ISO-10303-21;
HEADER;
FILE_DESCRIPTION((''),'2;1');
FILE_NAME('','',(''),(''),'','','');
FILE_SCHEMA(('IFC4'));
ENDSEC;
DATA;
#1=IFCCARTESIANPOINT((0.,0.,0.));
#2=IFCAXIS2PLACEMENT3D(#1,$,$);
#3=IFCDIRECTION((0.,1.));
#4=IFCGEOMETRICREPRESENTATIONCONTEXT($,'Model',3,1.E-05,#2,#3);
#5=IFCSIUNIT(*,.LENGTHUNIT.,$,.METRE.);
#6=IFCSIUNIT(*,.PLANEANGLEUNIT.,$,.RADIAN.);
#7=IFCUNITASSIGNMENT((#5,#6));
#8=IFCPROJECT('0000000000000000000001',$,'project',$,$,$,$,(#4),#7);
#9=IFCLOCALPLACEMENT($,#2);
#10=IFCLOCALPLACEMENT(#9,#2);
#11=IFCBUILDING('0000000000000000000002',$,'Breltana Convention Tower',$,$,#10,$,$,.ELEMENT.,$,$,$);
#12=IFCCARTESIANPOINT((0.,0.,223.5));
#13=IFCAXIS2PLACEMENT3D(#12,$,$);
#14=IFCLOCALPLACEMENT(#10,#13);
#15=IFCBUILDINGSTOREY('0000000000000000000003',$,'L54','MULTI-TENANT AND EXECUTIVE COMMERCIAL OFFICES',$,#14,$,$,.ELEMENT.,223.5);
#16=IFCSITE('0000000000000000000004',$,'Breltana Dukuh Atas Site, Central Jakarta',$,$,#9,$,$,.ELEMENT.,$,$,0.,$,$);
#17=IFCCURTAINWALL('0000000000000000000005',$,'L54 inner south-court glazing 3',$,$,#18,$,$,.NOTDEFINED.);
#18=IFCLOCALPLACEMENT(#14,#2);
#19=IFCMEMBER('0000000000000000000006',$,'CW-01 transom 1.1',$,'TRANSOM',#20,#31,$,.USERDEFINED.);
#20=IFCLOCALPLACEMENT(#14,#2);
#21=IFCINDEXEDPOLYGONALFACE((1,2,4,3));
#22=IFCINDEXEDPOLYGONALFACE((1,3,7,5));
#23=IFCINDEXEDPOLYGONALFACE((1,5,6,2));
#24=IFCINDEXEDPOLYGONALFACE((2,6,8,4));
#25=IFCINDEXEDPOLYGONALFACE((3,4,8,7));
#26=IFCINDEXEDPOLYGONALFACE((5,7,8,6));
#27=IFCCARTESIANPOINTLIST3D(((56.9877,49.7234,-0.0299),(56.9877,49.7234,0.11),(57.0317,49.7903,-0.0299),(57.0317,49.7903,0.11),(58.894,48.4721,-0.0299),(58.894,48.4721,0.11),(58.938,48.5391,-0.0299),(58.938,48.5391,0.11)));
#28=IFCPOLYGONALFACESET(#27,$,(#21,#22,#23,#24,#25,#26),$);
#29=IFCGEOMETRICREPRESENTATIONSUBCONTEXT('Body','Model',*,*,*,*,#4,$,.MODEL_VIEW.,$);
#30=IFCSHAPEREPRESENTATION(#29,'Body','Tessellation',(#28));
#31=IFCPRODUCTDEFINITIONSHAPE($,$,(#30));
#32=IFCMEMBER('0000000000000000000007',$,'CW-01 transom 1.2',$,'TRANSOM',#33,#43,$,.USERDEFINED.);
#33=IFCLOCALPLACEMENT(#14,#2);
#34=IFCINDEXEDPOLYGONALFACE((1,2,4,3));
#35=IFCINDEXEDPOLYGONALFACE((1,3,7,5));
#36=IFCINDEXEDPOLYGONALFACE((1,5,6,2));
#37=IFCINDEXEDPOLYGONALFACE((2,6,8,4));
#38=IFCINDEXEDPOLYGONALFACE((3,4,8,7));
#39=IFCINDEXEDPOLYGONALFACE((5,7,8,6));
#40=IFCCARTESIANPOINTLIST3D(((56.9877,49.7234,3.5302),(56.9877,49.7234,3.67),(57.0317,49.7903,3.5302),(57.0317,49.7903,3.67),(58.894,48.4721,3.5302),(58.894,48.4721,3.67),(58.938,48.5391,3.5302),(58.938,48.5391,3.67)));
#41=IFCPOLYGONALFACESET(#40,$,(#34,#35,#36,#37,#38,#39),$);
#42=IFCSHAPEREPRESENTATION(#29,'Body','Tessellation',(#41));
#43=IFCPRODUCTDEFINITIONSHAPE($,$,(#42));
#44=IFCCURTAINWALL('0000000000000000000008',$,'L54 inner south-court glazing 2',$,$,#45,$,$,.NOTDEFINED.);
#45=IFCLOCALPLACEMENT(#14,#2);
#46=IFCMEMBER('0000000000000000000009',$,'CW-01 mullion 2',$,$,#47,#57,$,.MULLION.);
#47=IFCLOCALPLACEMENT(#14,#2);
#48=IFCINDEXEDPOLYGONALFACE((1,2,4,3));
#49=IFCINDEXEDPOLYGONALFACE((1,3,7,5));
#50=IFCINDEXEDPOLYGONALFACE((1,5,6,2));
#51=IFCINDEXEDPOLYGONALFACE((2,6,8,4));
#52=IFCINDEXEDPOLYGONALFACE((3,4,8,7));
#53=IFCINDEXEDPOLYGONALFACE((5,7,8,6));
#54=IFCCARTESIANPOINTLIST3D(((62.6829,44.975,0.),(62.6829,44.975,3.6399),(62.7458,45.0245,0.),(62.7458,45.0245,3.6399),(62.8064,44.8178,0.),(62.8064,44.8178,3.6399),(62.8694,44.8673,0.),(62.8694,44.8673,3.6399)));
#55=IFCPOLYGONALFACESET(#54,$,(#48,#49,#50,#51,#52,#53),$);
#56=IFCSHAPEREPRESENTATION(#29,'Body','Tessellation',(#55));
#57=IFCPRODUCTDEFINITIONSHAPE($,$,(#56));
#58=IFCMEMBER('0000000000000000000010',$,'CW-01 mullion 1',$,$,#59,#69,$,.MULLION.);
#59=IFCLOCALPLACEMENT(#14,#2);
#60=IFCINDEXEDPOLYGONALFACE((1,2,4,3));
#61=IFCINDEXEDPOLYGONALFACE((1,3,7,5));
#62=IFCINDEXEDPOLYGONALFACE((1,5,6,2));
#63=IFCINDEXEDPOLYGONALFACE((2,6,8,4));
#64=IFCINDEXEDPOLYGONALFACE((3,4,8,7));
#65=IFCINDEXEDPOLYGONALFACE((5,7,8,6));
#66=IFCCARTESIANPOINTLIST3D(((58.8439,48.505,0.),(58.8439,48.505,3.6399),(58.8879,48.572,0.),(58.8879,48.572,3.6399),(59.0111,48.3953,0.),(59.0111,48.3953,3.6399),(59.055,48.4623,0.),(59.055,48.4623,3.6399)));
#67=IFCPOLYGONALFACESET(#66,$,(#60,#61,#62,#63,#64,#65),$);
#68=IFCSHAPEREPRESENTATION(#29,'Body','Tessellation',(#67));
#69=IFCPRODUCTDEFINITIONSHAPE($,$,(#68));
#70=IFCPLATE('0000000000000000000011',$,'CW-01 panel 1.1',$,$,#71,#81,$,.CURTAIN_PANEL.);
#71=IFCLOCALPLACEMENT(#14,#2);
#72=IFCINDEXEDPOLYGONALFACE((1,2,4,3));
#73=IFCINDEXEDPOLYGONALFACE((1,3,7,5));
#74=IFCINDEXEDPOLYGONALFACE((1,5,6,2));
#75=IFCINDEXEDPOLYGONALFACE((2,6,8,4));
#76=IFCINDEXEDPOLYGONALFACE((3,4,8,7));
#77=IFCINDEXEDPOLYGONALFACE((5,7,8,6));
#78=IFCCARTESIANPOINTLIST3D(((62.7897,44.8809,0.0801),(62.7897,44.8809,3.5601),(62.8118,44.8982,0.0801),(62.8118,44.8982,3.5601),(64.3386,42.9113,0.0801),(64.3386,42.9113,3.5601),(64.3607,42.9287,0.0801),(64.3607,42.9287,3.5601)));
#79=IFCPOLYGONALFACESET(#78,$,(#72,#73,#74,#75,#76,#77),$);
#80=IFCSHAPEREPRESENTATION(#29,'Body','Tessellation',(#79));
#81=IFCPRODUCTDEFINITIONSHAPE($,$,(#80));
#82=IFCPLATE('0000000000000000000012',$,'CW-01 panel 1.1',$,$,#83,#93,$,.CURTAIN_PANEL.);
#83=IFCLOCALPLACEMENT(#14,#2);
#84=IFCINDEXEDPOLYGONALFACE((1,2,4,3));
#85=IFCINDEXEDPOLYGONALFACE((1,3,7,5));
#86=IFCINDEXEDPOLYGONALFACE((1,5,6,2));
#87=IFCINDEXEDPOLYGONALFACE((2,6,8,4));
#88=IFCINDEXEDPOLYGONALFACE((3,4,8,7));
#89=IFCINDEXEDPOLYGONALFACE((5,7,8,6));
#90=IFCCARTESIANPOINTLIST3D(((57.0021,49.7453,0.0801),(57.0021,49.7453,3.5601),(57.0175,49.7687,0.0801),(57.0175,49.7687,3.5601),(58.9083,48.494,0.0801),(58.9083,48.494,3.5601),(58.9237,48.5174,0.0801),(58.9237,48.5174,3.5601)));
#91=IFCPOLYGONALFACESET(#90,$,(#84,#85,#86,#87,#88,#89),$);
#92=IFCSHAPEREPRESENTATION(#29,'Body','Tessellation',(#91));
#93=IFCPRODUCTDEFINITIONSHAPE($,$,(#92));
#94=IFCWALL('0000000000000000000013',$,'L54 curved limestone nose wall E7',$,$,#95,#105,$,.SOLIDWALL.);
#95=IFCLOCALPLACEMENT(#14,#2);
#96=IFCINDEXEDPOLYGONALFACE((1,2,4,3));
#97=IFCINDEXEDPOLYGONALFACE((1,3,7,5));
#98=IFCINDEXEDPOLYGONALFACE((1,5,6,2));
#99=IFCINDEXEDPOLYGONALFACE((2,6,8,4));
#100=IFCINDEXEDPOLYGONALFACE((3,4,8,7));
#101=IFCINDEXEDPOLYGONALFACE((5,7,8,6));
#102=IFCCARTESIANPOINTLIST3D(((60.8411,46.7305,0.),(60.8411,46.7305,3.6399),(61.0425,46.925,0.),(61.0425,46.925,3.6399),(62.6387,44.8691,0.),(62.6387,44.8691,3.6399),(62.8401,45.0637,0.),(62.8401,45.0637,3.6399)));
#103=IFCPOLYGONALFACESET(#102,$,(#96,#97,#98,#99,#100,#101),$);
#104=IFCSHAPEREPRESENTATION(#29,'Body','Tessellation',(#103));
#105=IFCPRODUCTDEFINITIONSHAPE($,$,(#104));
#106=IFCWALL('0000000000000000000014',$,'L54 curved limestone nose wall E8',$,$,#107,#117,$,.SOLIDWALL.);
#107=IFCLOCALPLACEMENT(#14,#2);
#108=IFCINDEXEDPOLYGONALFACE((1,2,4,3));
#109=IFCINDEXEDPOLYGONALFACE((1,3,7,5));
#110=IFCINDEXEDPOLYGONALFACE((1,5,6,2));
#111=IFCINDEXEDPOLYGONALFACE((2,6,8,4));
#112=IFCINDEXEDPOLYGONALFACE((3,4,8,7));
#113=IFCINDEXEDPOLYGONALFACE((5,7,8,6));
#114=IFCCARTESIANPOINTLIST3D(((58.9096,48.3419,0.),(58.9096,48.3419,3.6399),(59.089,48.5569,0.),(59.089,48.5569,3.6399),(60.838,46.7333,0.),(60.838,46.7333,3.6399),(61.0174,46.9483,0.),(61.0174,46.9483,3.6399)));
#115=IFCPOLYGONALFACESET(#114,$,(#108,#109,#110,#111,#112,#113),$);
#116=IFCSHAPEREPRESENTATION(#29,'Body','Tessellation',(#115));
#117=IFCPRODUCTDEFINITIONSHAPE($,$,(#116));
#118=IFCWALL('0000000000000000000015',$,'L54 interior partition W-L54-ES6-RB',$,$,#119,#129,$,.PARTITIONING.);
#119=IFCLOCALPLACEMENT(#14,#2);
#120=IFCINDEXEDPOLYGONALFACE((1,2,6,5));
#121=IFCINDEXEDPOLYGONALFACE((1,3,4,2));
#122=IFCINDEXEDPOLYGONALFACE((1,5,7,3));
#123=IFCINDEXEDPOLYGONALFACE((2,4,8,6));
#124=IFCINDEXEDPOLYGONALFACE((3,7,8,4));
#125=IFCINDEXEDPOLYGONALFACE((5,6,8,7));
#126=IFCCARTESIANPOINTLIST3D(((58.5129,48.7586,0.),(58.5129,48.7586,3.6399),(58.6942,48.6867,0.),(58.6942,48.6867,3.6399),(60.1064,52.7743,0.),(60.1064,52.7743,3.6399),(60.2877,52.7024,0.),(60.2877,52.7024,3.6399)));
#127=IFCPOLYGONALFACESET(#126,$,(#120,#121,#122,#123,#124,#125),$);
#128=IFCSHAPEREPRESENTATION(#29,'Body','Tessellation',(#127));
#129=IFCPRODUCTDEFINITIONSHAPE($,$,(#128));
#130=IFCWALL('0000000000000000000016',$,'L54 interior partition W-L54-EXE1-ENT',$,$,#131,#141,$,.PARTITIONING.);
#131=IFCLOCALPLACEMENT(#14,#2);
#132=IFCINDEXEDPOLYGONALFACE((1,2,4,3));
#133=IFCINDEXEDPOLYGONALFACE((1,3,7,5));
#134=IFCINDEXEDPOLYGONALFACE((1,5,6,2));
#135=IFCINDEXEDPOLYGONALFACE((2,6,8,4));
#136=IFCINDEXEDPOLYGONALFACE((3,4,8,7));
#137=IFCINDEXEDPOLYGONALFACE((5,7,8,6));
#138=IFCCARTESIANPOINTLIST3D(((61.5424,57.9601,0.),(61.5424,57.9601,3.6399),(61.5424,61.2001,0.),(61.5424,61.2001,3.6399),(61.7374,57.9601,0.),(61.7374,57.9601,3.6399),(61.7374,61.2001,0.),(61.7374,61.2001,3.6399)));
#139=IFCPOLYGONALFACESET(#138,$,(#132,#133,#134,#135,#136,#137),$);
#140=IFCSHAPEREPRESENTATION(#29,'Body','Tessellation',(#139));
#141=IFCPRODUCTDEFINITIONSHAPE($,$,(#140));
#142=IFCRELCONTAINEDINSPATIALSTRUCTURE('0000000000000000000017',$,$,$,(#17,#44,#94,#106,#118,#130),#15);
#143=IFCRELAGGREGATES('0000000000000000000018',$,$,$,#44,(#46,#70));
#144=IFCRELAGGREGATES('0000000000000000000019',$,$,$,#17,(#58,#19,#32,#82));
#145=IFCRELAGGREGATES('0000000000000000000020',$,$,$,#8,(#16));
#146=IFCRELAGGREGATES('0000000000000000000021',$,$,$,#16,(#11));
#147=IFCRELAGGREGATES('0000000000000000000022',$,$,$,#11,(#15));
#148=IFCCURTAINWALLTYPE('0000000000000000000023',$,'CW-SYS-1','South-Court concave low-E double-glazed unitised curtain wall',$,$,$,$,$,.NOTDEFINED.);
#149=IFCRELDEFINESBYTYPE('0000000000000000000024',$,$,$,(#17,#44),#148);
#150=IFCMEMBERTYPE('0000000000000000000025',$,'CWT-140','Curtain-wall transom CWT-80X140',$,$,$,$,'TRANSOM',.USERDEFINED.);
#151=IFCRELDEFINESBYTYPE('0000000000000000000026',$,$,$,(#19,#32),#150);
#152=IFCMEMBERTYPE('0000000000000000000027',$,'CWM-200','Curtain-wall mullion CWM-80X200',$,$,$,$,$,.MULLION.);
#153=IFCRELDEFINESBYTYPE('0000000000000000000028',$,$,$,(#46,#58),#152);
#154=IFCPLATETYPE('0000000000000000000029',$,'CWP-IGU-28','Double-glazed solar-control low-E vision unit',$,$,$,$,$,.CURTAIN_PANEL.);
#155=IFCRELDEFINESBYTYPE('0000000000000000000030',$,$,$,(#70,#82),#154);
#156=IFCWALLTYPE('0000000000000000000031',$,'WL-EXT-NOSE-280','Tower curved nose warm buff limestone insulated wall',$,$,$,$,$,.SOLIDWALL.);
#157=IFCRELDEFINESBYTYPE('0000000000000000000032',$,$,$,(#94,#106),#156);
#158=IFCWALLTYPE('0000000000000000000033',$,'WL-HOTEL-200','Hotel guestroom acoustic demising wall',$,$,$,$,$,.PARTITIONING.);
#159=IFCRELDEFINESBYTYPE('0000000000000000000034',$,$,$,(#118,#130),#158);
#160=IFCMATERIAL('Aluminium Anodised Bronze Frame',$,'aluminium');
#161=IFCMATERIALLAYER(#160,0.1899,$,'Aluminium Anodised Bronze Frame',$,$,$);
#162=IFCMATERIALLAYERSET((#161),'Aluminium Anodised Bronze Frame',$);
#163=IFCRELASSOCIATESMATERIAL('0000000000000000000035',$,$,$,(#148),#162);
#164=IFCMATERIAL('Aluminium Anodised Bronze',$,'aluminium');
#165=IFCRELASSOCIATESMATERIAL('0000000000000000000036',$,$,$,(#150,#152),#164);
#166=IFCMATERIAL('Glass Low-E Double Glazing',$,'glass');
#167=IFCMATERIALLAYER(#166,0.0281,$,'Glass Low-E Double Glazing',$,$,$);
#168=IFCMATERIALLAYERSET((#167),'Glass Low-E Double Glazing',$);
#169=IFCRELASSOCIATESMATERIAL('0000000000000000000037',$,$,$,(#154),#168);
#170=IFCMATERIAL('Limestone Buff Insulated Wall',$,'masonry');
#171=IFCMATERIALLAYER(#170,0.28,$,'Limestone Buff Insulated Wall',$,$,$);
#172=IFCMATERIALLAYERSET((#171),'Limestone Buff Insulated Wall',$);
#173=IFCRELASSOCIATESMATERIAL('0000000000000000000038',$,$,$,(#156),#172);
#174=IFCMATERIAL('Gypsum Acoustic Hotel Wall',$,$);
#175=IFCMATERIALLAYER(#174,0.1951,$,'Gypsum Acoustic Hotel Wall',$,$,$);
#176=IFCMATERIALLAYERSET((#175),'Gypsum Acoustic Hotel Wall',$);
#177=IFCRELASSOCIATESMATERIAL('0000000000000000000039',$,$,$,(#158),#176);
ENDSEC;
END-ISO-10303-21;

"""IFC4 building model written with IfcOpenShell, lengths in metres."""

from ifc_helpers import new_model, si_unit, direction, frame, frame_2d, origin, origin_2d, place, context, subcontext, project, spatial, rectangle, extrude, source, transform, mapped, material, layer, layer_set, material_profile, profile_set, type_object, element, aggregate, save


model = new_model("IFC4")

# Units and contexts
model_context = context("Model", 3, precision=1e-05, world=origin(), true_north=direction((0.0, 1.0)))
body_context = subcontext(model_context, "Body", "Model", "MODEL_VIEW")
ifc_project = project(units=[si_unit("LENGTHUNIT", "METRE"), si_unit("PLANEANGLEUNIT", "RADIAN")], contexts=[model_context])

# Site, building, storey
site_placement = place(None, origin())
site = spatial("IfcSite", under=ifc_project, at=site_placement, Name="Breltana Dukuh Atas Site, Central Jakarta", CompositionType="ELEMENT", RefElevation=0.0)
building_placement = place(site_placement, origin())
building = spatial("IfcBuilding", under=site, at=building_placement, Name="Breltana Convention Tower", CompositionType="ELEMENT")
storey_placement = place(building_placement, frame((0.0, 0.0, 223.5)))
storey = spatial("IfcBuildingStorey", under=building, at=storey_placement, Name="L54", Description="MULTI-TENANT AND EXECUTIVE COMMERCIAL OFFICES", CompositionType="ELEMENT", Elevation=223.5)

# Curtain wall, members
ifc_material_1 = material(Name="Aluminium Anodised Bronze Frame", Category="aluminium")
ifc_layer_1 = layer(ifc_material_1, 0.1899, Name="Aluminium Anodised Bronze Frame")
ifc_layer_set_1 = layer_set([ifc_layer_1], Name="Aluminium Anodised Bronze Frame")
curtain_wall_type = type_object("IfcCurtainWallType", Name="CW-SYS-1", Description="South-Court concave low-E double-glazed unitised curtain wall", PredefinedType="NOTDEFINED", material=ifc_layer_set_1)
curtain_wall_1_placement = place(storey_placement, origin())
curtain_wall_1 = element("IfcCurtainWall", 1, at=curtain_wall_1_placement, inside=storey, type_object=curtain_wall_type, Name="L54 inner south-court glazing 3", PredefinedType="NOTDEFINED")
ifc_material_2 = material(Name="Aluminium Anodised Bronze", Category="aluminium")
ifc_material_profile_1 = material_profile(ifc_material_2, rectangle(XDim=0.0801, YDim=0.1399, at=origin_2d()), Name="CWT-80X140")
ifc_profile_set_1 = profile_set([ifc_material_profile_1], Name="Aluminium Anodised Bronze")
member_type_1 = type_object("IfcMemberType", Name="CWT-140", Description="Curtain-wall transom CWT-80X140", ElementType="TRANSOM", PredefinedType="USERDEFINED", material=ifc_profile_set_1)
shared_shape_1 = source(origin(), body_context, "Body", "SweptSolid", [
    extrude(rectangle(XDim=0.0801, YDim=0.1399, at=origin_2d()), origin(), (0.0, 0.0, 1.0), 2.2803),
])
member_1_placement = place(storey_placement, frame((58.916, 48.5056, 0.04), z_axis=(-0.835999, 0.548731, 0.0), x_axis=(-0.548731, -0.835999, 0.0)))
member_1 = element("IfcMember", 2, at=member_1_placement, type_object=member_type_1, Name="CW-01 transom 1.1", ObjectType="TRANSOM", PredefinedType="USERDEFINED", context=body_context, shape_type="MappedRepresentation", body=[
    mapped(shared_shape_1, transform((0.0, 0.0, 0.0), scale=1.0)),
])
member_2_placement = place(storey_placement, frame((58.916, 48.5056, 3.6001), z_axis=(-0.835999, 0.548731, 0.0), x_axis=(-0.548731, -0.835999, 0.0)))
member_2 = element("IfcMember", 3, at=member_2_placement, type_object=member_type_1, Name="CW-01 transom 1.2", ObjectType="TRANSOM", PredefinedType="USERDEFINED", context=body_context, shape_type="MappedRepresentation", body=[
    mapped(shared_shape_1, transform((0.0, 0.0, 0.0), scale=1.0)),
])

# Curtain wall, member
curtain_wall_2_placement = place(storey_placement, origin())
curtain_wall_2 = element("IfcCurtainWall", 4, at=curtain_wall_2_placement, inside=storey, type_object=curtain_wall_type, Name="L54 inner south-court glazing 2", PredefinedType="NOTDEFINED")
ifc_material_profile_2 = material_profile(ifc_material_2, rectangle(XDim=0.0801, YDim=0.2, at=origin_2d()), Name="CWM-80X200")
ifc_profile_set_2 = profile_set([ifc_material_profile_2], Name="Aluminium Anodised Bronze")
member_type_2 = type_object("IfcMemberType", Name="CWM-200", Description="Curtain-wall mullion CWM-80X200", PredefinedType="MULLION", material=ifc_profile_set_2)
shared_shape_2 = source(origin(), body_context, "Body", "SweptSolid", [
    extrude(rectangle(XDim=0.0801, YDim=0.2, at=origin_2d()), origin(), (0.0, 0.0, 1.0), 3.6399),
])
member_3_placement = place(storey_placement, frame((62.7761, 44.9211, 0.0), z_axis=(0.0, 0.0, 1.0), x_axis=(-0.786061, -0.61815, 0.0)))
member_3 = element("IfcMember", 5, at=member_3_placement, type_object=member_type_2, Name="CW-01 mullion 2", PredefinedType="MULLION", context=body_context, shape_type="MappedRepresentation", body=[
    mapped(shared_shape_2, transform((0.0, 0.0, 0.0), scale=1.0)),
])

# Member
member_4_placement = place(storey_placement, frame((58.9495, 48.4836, 0.0), z_axis=(0.0, 0.0, 1.0), x_axis=(-0.548757, -0.835982, 0.0)))
member_4 = element("IfcMember", 6, at=member_4_placement, type_object=member_type_2, Name="CW-01 mullion 1", PredefinedType="MULLION", context=body_context, shape_type="MappedRepresentation", body=[
    mapped(shared_shape_2, transform((0.0, 0.0, 0.0), scale=1.0)),
])

# Plates
ifc_material_3 = material(Name="Glass Low-E Double Glazing", Category="glass")
ifc_layer_2 = layer(ifc_material_3, 0.0281, Name="Glass Low-E Double Glazing")
ifc_layer_set_2 = layer_set([ifc_layer_2], Name="Glass Low-E Double Glazing")
plate_type = type_object("IfcPlateType", Name="CWP-IGU-28", Description="Double-glazed solar-control low-E vision unit", PredefinedType="CURTAIN_PANEL", material=ifc_layer_set_2)
shared_shape_3 = source(origin(), body_context, "Body", "SweptSolid", [
    extrude(rectangle(XDim=2.5056, YDim=0.0281, at=origin_2d()), origin(), (0.0, 0.0, 1.0), 3.48),
])
plate_1_placement = place(storey_placement, frame((63.5752, 43.9048, 0.0801), z_axis=(0.0, 0.0, 1.0), x_axis=(-0.61815, 0.786061, 0.0)))
plate_1 = element("IfcPlate", 7, at=plate_1_placement, type_object=plate_type, Name="CW-01 panel 1.1", PredefinedType="CURTAIN_PANEL", context=body_context, shape_type="MappedRepresentation", body=[
    mapped(shared_shape_3, transform((0.0, 0.0, 0.0), scale=1.0)),
])
aggregate(curtain_wall_2, [member_3, plate_1])
shared_shape_4 = source(origin(), body_context, "Body", "SweptSolid", [
    extrude(rectangle(XDim=2.2803, YDim=0.0281, at=origin_2d()), origin(), (0.0, 0.0, 1.0), 3.48),
])
plate_2_placement = place(storey_placement, frame((57.9629, 49.1313, 0.0801), z_axis=(0.0, 0.0, 1.0), x_axis=(-0.835982, 0.548757, 0.0)))
plate_2 = element("IfcPlate", 8, at=plate_2_placement, type_object=plate_type, Name="CW-01 panel 1.1", PredefinedType="CURTAIN_PANEL", context=body_context, shape_type="MappedRepresentation", body=[
    mapped(shared_shape_4, transform((0.0, 0.0, 0.0), scale=1.0)),
])
aggregate(curtain_wall_1, [member_4, member_1, member_2, plate_2])

# Walls
ifc_material_4 = material(Name="Limestone Buff Insulated Wall", Category="masonry")
ifc_layer_3 = layer(ifc_material_4, 0.28, Name="Limestone Buff Insulated Wall")
ifc_layer_set_3 = layer_set([ifc_layer_3], Name="Limestone Buff Insulated Wall")
wall_type_1 = type_object("IfcWallType", Name="WL-EXT-NOSE-280", Description="Tower curved nose warm buff limestone insulated wall", PredefinedType="SOLIDWALL", material=ifc_layer_set_3)
shared_shape_5 = source(origin(), body_context, "Body", "SweptSolid", [
    extrude(rectangle(XDim=2.5876, YDim=0.28, at=frame_2d((1.2939, 0.0))), origin(), (0.0, 0.0, 1.0), 3.6399),
])
wall_1_placement = place(storey_placement, frame((62.7395, 44.9663, 0.0), z_axis=(0.0, 0.0, 1.0), x_axis=(-0.694687, 0.719312, 0.0)))
element("IfcWall", 9, at=wall_1_placement, inside=storey, type_object=wall_type_1, Name="L54 curved limestone nose wall E7", PredefinedType="SOLIDWALL", context=body_context, shape_type="MappedRepresentation", body=[
    mapped(shared_shape_5, transform((0.0, 0.0, 0.0), scale=1.0)),
])
shared_shape_6 = source(origin(), body_context, "Body", "SweptSolid", [
    extrude(rectangle(XDim=2.5112, YDim=0.28, at=frame_2d((1.2556, 0.0))), origin(), (0.0, 0.0, 1.0), 3.6399),
])
wall_2_placement = place(storey_placement, frame((60.9277, 46.8408, 0.0), z_axis=(0.0, 0.0, 1.0), x_axis=(-0.76791, 0.640557, 0.0)))
element("IfcWall", 10, at=wall_2_placement, inside=storey, type_object=wall_type_1, Name="L54 curved limestone nose wall E8", PredefinedType="SOLIDWALL", context=body_context, shape_type="MappedRepresentation", body=[
    mapped(shared_shape_6, transform((0.0, 0.0, 0.0), scale=1.0)),
])
ifc_material_5 = material(Name="Gypsum Acoustic Hotel Wall")
ifc_layer_4 = layer(ifc_material_5, 0.1951, Name="Gypsum Acoustic Hotel Wall")
ifc_layer_set_4 = layer_set([ifc_layer_4], Name="Gypsum Acoustic Hotel Wall")
wall_type_2 = type_object("IfcWallType", Name="WL-HOTEL-200", Description="Hotel guestroom acoustic demising wall", PredefinedType="PARTITIONING", material=ifc_layer_set_4)
shared_shape_7 = source(origin(), body_context, "Body", "SweptSolid", [
    extrude(rectangle(XDim=4.3203, YDim=0.1951, at=frame_2d((2.1602, 0.0))), origin(), (0.0, 0.0, 1.0), 3.6399),
])
wall_3_placement = place(storey_placement, frame((58.6035, 48.7227, 0.0), z_axis=(0.0, 0.0, 1.0), x_axis=(0.368846, 0.92949, 0.0)))
element("IfcWall", 11, at=wall_3_placement, inside=storey, type_object=wall_type_2, Name="L54 interior partition W-L54-ES6-RB", PredefinedType="PARTITIONING", context=body_context, shape_type="MappedRepresentation", body=[
    mapped(shared_shape_7, transform((0.0, 0.0, 0.0), scale=1.0)),
])
shared_shape_8 = source(origin(), body_context, "Body", "SweptSolid", [
    extrude(rectangle(XDim=3.24, YDim=0.1951, at=frame_2d((1.6201, 0.0))), origin(), (0.0, 0.0, 1.0), 3.6399),
])
wall_4_placement = place(storey_placement, frame((61.6399, 57.96, 0.0), z_axis=(0.0, 0.0, 1.0), x_axis=(0.0, 1.0, 0.0)))
element("IfcWall", 12, at=wall_4_placement, inside=storey, type_object=wall_type_2, Name="L54 interior partition W-L54-EXE1-ENT", PredefinedType="PARTITIONING", context=body_context, shape_type="MappedRepresentation", body=[
    mapped(shared_shape_8, transform((0.0, 0.0, 0.0), scale=1.0)),
])

save(model, "model.ifc")
